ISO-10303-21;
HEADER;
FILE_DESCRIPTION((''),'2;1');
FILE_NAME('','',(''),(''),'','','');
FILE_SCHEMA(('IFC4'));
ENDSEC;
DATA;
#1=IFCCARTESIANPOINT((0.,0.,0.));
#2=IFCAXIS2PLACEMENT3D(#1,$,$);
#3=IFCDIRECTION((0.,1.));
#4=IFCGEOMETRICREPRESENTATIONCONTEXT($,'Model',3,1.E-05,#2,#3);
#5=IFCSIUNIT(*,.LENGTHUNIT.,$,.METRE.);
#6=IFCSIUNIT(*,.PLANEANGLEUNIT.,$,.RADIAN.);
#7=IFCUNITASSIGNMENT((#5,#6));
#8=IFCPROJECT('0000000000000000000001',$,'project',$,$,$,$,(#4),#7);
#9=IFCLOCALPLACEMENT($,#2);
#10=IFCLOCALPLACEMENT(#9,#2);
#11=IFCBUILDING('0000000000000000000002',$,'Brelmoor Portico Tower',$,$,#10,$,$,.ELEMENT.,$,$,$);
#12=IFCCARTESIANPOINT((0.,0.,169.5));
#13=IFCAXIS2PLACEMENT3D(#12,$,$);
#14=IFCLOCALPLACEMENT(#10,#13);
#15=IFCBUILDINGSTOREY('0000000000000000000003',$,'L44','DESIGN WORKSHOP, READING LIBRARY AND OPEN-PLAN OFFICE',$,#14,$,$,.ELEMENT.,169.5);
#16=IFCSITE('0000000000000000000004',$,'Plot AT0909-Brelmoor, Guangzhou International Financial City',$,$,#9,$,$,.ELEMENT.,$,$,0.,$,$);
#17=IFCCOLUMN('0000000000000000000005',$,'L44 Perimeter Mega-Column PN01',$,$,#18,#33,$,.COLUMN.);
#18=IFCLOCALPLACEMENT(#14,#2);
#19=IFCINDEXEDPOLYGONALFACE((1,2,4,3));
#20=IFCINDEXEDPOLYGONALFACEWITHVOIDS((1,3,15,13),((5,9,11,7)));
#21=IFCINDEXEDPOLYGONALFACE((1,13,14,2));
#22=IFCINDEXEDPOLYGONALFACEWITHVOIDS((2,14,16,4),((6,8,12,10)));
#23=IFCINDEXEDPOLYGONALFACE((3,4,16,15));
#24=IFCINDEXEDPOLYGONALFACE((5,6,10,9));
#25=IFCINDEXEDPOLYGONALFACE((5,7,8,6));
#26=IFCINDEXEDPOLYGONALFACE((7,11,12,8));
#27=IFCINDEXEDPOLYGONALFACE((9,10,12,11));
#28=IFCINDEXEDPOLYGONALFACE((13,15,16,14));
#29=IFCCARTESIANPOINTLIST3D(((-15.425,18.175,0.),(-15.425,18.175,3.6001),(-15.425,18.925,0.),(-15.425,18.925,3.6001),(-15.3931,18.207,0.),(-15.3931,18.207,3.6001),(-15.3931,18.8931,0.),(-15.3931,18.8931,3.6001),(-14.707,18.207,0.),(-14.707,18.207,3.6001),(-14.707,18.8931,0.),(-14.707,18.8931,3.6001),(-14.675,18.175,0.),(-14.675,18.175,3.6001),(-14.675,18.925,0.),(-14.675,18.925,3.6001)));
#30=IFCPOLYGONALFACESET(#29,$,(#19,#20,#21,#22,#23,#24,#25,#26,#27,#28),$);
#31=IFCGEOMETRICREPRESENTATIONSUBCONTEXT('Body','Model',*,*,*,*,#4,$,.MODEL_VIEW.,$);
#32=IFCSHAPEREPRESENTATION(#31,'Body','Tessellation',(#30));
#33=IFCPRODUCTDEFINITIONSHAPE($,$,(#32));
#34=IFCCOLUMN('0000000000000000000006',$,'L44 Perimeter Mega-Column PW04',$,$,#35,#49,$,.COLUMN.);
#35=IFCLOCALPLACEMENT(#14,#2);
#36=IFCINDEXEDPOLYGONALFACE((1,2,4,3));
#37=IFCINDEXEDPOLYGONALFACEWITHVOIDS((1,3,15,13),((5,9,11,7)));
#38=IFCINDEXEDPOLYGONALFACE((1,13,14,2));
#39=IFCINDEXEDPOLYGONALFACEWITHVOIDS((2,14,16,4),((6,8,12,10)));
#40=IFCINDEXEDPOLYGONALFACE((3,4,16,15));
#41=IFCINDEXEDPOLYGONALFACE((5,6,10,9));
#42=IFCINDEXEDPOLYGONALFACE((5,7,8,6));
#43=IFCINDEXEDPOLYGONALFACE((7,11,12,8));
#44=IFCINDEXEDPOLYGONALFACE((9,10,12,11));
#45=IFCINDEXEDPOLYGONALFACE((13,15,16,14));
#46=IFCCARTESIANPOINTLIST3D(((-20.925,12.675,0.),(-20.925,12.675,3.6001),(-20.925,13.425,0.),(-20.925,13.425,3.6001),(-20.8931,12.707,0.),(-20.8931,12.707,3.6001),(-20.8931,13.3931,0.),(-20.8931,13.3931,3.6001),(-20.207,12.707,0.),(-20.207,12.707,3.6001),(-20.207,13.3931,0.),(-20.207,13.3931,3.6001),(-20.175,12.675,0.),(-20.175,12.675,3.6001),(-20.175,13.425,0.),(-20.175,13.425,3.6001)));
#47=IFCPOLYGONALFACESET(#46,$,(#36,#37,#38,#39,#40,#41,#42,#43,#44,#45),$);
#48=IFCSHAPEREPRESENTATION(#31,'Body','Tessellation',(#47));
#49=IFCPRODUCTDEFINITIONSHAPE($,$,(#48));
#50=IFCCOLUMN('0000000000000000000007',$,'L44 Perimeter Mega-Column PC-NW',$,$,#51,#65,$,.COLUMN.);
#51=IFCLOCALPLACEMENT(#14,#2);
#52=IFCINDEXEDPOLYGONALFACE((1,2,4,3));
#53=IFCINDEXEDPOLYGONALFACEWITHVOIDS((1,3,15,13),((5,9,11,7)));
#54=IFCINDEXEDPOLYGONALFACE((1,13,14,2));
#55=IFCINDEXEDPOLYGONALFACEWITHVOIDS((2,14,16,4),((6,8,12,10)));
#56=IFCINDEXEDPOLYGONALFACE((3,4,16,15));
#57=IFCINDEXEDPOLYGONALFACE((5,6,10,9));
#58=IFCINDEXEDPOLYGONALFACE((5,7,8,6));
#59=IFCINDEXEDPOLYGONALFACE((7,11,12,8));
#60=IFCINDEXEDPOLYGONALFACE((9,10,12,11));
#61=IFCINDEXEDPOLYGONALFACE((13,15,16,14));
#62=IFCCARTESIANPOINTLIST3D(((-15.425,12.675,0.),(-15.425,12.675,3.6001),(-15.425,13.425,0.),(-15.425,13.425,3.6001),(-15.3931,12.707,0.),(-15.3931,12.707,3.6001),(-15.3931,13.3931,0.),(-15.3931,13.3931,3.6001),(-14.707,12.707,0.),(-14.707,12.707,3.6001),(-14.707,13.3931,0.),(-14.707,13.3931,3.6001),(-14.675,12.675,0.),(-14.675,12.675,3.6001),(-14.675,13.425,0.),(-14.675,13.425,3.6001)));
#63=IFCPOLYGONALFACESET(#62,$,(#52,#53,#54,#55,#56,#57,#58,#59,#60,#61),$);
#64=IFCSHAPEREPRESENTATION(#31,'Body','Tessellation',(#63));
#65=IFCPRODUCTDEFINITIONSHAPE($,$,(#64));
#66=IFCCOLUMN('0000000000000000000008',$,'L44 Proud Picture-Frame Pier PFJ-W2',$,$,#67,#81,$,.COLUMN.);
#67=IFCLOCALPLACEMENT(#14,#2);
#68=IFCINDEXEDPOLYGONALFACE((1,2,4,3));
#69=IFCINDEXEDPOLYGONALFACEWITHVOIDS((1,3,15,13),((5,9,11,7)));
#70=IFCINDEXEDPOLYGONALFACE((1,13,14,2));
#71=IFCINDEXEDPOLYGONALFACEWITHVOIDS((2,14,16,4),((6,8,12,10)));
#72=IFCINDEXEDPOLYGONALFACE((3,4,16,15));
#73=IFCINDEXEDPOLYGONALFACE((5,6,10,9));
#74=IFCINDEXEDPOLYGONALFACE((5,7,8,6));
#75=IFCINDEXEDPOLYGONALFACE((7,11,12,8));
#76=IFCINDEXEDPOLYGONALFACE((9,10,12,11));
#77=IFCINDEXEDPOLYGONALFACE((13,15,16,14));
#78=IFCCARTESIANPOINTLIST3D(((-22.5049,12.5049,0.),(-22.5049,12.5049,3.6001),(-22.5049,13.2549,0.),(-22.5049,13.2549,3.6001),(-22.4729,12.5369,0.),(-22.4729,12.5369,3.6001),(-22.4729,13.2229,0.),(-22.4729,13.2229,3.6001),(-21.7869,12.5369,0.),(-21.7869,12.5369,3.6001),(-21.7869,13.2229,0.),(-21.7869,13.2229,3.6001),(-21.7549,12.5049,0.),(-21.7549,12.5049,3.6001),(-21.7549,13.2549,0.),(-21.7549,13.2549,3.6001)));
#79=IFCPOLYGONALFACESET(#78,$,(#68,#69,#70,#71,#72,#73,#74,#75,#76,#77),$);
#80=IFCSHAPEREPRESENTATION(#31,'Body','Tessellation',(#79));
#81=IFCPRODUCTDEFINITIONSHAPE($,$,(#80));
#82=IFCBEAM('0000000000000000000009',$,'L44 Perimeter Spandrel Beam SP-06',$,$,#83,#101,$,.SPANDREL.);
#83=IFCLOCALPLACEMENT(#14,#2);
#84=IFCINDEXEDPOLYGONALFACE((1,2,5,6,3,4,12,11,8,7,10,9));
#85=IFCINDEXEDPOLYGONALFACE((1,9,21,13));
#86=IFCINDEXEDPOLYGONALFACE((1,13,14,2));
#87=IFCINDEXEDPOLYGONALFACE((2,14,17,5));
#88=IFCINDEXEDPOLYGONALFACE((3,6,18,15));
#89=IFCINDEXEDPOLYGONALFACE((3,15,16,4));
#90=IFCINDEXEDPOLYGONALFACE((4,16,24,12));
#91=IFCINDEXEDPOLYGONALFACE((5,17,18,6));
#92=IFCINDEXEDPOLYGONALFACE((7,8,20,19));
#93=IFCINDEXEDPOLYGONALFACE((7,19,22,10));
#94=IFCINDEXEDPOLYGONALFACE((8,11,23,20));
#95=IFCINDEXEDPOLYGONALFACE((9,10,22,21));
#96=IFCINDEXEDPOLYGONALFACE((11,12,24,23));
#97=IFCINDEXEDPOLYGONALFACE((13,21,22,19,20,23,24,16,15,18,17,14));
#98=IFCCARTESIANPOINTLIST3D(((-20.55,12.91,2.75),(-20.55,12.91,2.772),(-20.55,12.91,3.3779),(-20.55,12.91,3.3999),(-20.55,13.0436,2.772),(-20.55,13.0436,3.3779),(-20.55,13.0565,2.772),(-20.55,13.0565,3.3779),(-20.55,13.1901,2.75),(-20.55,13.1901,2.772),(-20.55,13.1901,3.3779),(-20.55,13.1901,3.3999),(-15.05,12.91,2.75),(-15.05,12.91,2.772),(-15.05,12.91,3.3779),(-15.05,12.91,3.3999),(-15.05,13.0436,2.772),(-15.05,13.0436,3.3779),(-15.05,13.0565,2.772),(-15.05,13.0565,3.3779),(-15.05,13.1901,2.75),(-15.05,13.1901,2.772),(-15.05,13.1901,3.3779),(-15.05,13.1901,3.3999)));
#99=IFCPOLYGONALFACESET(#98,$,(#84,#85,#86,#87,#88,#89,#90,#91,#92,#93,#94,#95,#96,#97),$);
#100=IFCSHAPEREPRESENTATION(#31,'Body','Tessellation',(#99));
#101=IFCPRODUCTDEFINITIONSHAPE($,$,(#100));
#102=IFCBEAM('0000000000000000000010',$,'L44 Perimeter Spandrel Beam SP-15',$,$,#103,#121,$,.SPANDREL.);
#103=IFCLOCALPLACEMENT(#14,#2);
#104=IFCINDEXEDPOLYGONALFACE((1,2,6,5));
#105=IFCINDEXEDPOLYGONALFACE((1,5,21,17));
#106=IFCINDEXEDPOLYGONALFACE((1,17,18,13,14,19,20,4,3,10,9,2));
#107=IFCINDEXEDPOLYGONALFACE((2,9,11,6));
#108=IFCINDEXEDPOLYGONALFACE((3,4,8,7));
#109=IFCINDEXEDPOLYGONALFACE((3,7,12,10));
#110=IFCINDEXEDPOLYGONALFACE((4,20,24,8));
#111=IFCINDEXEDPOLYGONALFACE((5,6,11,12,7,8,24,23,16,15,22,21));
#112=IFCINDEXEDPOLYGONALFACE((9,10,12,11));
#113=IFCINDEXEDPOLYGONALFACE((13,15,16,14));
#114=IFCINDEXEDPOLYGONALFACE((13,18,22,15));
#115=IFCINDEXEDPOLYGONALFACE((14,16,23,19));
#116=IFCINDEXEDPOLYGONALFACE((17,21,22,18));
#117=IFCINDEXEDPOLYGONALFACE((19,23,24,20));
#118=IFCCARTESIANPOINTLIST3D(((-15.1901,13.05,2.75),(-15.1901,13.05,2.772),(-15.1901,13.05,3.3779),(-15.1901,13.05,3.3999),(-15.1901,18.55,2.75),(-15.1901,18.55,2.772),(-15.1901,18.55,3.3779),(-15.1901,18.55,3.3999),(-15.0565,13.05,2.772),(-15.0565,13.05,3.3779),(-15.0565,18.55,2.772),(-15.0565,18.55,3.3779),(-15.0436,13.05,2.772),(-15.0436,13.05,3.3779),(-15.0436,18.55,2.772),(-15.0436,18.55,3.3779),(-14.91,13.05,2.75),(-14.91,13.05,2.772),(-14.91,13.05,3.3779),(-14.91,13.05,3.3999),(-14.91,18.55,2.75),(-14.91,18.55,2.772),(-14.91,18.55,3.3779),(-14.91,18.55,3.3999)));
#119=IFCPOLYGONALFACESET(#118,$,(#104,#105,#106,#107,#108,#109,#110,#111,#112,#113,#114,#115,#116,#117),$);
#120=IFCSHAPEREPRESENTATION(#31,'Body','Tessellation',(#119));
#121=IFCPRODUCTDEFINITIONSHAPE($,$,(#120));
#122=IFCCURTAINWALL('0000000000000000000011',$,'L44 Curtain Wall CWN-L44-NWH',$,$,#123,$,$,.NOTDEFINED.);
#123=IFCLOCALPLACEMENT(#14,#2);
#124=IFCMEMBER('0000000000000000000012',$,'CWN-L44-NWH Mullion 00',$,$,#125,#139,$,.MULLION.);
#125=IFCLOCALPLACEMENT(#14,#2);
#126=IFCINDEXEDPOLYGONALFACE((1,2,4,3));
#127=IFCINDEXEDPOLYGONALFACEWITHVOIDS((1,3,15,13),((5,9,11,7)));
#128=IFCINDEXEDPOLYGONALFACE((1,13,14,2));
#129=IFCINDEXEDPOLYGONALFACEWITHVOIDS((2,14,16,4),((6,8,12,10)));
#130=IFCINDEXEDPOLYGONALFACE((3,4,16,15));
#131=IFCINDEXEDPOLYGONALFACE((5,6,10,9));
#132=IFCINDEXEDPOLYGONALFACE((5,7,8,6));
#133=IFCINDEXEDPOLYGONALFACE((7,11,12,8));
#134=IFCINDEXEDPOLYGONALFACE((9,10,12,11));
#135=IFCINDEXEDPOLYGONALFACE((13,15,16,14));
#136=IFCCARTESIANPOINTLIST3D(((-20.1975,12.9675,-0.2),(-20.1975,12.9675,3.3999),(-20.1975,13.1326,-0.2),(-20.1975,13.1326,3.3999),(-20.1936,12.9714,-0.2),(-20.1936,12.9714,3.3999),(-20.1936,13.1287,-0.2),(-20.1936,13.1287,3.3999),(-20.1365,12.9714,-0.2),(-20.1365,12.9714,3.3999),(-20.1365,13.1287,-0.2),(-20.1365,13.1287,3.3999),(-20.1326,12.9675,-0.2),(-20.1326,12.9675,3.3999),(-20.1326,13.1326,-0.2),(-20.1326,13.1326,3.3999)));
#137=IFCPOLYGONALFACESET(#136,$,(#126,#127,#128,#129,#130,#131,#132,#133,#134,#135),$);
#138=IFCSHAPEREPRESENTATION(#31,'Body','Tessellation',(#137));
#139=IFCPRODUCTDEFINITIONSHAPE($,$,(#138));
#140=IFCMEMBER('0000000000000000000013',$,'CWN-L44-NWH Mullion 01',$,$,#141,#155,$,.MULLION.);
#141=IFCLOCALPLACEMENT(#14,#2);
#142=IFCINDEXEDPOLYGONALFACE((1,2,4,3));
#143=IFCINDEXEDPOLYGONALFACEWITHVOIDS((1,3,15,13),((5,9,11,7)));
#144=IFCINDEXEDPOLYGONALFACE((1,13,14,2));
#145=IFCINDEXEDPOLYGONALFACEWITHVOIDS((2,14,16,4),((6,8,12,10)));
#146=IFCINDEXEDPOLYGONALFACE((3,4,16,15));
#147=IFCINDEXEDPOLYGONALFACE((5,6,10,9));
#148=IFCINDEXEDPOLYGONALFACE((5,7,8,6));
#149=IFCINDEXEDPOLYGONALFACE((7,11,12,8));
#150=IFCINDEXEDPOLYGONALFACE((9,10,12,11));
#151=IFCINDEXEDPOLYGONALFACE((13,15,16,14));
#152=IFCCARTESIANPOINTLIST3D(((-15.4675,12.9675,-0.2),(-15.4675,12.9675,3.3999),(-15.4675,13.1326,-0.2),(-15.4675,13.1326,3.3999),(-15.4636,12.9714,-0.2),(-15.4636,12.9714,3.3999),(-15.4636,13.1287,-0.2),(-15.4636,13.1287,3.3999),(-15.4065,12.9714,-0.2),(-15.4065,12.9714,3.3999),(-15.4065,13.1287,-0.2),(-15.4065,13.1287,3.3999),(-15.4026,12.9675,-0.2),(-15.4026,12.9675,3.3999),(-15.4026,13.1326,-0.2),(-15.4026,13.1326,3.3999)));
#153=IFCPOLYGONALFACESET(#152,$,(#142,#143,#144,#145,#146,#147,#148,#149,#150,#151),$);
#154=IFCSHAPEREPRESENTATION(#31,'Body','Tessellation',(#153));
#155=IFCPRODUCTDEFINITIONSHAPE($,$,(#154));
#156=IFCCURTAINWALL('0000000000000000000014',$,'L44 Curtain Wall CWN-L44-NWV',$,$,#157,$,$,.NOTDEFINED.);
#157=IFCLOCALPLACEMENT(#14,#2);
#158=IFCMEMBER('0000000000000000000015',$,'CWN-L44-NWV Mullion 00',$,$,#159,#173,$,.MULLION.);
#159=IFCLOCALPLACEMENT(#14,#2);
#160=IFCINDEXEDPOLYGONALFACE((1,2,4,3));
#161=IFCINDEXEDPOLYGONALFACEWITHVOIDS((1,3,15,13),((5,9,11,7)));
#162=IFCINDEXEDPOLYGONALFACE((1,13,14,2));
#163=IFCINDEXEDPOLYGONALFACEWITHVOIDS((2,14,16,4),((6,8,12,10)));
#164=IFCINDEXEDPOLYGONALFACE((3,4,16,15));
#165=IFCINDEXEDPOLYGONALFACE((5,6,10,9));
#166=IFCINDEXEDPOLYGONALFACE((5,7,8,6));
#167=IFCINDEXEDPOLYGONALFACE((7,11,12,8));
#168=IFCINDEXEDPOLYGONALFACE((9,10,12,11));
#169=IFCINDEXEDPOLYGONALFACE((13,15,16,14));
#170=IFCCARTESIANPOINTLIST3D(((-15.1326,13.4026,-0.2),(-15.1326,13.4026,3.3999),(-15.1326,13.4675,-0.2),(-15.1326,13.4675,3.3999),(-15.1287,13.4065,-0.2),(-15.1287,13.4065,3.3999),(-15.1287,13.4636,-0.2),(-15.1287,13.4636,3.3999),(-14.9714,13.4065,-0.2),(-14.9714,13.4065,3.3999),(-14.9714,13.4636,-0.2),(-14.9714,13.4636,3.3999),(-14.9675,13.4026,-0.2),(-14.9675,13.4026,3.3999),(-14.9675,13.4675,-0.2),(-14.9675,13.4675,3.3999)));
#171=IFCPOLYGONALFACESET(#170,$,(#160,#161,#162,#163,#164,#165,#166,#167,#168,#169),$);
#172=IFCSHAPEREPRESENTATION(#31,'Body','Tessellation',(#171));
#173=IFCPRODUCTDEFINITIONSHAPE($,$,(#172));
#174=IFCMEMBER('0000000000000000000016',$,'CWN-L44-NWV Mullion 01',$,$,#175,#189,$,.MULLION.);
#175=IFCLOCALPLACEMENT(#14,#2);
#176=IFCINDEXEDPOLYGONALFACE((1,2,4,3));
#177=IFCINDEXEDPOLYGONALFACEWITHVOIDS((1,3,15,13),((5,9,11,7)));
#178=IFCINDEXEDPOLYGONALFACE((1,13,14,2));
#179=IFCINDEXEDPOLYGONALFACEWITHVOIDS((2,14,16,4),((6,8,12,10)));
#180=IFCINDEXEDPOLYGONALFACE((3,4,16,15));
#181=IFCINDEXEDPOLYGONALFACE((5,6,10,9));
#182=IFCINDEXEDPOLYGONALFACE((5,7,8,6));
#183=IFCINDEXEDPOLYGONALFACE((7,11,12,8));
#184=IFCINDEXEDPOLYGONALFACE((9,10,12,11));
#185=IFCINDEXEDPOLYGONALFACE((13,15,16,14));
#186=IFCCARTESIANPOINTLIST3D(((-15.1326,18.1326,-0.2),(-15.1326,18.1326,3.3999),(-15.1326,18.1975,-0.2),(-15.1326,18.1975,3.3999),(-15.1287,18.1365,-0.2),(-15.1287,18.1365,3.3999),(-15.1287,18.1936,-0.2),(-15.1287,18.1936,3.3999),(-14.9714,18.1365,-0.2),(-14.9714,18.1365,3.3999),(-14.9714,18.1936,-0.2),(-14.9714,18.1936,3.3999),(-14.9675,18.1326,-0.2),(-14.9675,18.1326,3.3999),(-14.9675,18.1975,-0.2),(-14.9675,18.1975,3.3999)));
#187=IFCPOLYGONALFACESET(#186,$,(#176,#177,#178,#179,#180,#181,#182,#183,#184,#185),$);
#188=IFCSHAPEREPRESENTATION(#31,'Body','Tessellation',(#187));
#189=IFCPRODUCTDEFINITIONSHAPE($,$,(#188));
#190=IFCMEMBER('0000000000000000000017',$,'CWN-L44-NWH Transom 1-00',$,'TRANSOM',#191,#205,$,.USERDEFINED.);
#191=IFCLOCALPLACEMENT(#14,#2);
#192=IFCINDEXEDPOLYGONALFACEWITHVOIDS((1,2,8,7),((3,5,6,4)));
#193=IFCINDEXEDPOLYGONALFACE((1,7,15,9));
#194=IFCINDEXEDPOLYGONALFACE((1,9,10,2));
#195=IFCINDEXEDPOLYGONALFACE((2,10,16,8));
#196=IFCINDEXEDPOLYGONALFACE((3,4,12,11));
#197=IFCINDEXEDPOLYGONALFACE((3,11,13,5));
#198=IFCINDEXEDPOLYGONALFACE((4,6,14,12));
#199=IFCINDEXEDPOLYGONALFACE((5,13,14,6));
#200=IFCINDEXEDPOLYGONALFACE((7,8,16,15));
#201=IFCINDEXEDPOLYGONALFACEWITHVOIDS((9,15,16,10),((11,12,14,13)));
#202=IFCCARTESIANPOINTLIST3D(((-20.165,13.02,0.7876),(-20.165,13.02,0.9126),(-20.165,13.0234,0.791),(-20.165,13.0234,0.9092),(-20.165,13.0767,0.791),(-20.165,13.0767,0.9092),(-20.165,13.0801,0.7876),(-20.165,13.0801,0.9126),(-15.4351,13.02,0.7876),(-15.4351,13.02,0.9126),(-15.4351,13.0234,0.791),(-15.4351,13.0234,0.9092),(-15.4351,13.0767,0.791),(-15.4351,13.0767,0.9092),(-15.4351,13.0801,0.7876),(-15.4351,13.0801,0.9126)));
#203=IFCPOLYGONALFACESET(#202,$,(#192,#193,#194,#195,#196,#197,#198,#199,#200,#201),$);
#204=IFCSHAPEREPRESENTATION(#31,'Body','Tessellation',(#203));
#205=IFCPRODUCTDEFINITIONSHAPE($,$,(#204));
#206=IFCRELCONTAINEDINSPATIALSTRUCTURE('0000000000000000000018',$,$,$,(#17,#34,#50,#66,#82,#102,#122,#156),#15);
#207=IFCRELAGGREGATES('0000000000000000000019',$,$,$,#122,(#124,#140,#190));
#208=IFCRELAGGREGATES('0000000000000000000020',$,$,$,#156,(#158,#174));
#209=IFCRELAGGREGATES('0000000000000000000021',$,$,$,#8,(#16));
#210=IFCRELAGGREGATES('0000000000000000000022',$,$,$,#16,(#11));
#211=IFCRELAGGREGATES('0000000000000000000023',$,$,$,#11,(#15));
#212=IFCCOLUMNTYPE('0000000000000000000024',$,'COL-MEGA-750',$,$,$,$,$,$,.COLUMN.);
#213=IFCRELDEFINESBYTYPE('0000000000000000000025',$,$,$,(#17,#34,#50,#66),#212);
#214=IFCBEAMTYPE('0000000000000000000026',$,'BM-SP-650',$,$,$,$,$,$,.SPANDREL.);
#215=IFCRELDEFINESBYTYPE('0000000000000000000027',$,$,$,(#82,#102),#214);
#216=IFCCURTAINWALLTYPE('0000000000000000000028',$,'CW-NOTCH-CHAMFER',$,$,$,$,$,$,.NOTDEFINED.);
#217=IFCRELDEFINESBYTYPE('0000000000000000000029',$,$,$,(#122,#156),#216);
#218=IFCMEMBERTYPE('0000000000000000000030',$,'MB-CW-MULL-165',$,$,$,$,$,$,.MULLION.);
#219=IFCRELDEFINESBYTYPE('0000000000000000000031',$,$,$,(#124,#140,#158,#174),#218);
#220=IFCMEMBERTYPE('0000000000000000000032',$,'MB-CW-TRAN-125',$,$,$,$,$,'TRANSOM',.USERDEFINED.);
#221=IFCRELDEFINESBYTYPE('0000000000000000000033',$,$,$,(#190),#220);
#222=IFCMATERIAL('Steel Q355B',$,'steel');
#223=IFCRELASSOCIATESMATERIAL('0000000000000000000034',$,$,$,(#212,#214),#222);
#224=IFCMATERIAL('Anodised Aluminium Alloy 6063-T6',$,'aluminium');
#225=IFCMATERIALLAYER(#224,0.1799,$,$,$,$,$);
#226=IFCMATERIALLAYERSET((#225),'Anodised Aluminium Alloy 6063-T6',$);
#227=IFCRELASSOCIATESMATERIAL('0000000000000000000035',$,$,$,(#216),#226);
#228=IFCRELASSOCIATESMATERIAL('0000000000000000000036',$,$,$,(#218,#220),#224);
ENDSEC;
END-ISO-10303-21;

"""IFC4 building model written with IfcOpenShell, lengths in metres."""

from ifc_helpers import new_model, si_unit, direction, frame, origin, origin_2d, place, context, subcontext, project, spatial, hollow_rectangle, i_section, extrude, material, layer, layer_set, material_profile, profile_set, type_object, element, aggregate, save


model = new_model("IFC4")

# Units and contexts
model_context = context("Model", 3, precision=1e-05, world=origin(), true_north=direction((0.0, 1.0)))
body_context = subcontext(model_context, "Body", "Model", "MODEL_VIEW")
ifc_project = project(units=[si_unit("LENGTHUNIT", "METRE"), si_unit("PLANEANGLEUNIT", "RADIAN")], contexts=[model_context])

# Site, building, storey
site_placement = place(None, origin())
site = spatial("IfcSite", under=ifc_project, at=site_placement, Name="Plot AT0909-Brelmoor, Guangzhou International Financial City", CompositionType="ELEMENT", RefElevation=0.0)
building_placement = place(site_placement, origin())
building = spatial("IfcBuilding", under=site, at=building_placement, Name="Brelmoor Portico Tower", CompositionType="ELEMENT")
storey_placement = place(building_placement, frame((0.0, 0.0, 169.5)))
storey = spatial("IfcBuildingStorey", under=building, at=storey_placement, Name="L44", Description="DESIGN WORKSHOP, READING LIBRARY AND OPEN-PLAN OFFICE", CompositionType="ELEMENT", Elevation=169.5)

# Columns
ifc_material_1 = material(Name="Steel Q355B", Category="steel")
ifc_material_profile_1 = material_profile(ifc_material_1, hollow_rectangle(XDim=0.75, YDim=0.75, WallThickness=0.032, at=origin_2d()), Name="BOX 750x750x32")
ifc_profile_set_1 = profile_set([ifc_material_profile_1], Name="Steel Q355B")
column_type = type_object("IfcColumnType", Name="COL-MEGA-750", PredefinedType="COLUMN", material=ifc_profile_set_1)
for number, where, z_axis, x_axis, name in (
    (1, (-15.05, 18.55, 0.0), (0.0, 0.0, 1.0), (1.0, 0.0, 0.0), "L44 Perimeter Mega-Column PN01"),
    (2, (-20.55, 13.05, 0.0), (0.0, 0.0, 1.0), (0.0, 1.0, 0.0), "L44 Perimeter Mega-Column PW04"),
    (3, (-15.05, 13.05, 0.0), (0.0, 0.0, 1.0), (1.0, 0.0, 0.0), "L44 Perimeter Mega-Column PC-NW"),
    (4, (-22.1299, 12.8799, 0.0), (0.0, 0.0, 1.0), (0.0, 1.0, 0.0), "L44 Proud Picture-Frame Pier PFJ-W2"),
):
    element("IfcColumn", number, at=place(storey_placement, frame(where, z_axis=z_axis, x_axis=x_axis)), inside=storey, type_object=column_type, Name=name, PredefinedType="COLUMN", context=body_context, shape_type="SweptSolid", body=[
        extrude(hollow_rectangle(XDim=0.75, YDim=0.75, WallThickness=0.032, at=origin_2d()), origin(), (0.0, 0.0, 1.0), 3.6001),
    ])

# Beams
ifc_material_profile_2 = material_profile(ifc_material_1, i_section(OverallWidth=0.28, OverallDepth=0.6499, WebThickness=0.0129, FlangeThickness=0.022, at=origin_2d()), Name="HN 650x280x13x22")
ifc_profile_set_2 = profile_set([ifc_material_profile_2], Name="Steel Q355B")
beam_type = type_object("IfcBeamType", Name="BM-SP-650", PredefinedType="SPANDREL", material=ifc_profile_set_2)
for number, where, z_axis, x_axis, name in (
    (5, (-20.55, 13.05, 3.075), (1.0, 0.0, 0.0), (0.0, 1.0, 0.0), "L44 Perimeter Spandrel Beam SP-06"),
    (6, (-15.05, 13.05, 3.075), (0.0, 1.0, 0.0), (-1.0, 0.0, 0.0), "L44 Perimeter Spandrel Beam SP-15"),
):
    element("IfcBeam", number, at=place(storey_placement, frame(where, z_axis=z_axis, x_axis=x_axis)), inside=storey, type_object=beam_type, Name=name, PredefinedType="SPANDREL", context=body_context, shape_type="SweptSolid", body=[
        extrude(i_section(OverallWidth=0.28, OverallDepth=0.6499, WebThickness=0.0129, FlangeThickness=0.022, at=origin_2d()), origin(), (0.0, 0.0, 1.0), 5.5),
    ])

# Curtain walls, members
ifc_material_2 = material(Name="Anodised Aluminium Alloy 6063-T6", Category="aluminium")
ifc_layer_1 = layer(ifc_material_2, 0.1799)
ifc_layer_set_1 = layer_set([ifc_layer_1], Name="Anodised Aluminium Alloy 6063-T6")
curtain_wall_type = type_object("IfcCurtainWallType", Name="CW-NOTCH-CHAMFER", PredefinedType="NOTDEFINED", material=ifc_layer_set_1)
curtain_wall_1_placement = place(storey_placement, origin())
curtain_wall_1 = element("IfcCurtainWall", 7, at=curtain_wall_1_placement, inside=storey, type_object=curtain_wall_type, Name="L44 Curtain Wall CWN-L44-NWH", PredefinedType="NOTDEFINED")
ifc_material_profile_3 = material_profile(ifc_material_2, hollow_rectangle(XDim=0.0649, YDim=0.165, WallThickness=0.0039, at=origin_2d()), Name="ALU MULLION 65x165")
ifc_profile_set_3 = profile_set([ifc_material_profile_3], Name="Anodised Aluminium Alloy 6063-T6")
member_type_1 = type_object("IfcMemberType", Name="MB-CW-MULL-165", PredefinedType="MULLION", material=ifc_profile_set_3)
member_1_placement = place(storey_placement, frame((-20.165, 13.05, -0.2), z_axis=(0.0, 0.0, 1.0), x_axis=(1.0, 0.0, 0.0)))
member_1 = element("IfcMember", 8, at=member_1_placement, type_object=member_type_1, Name="CWN-L44-NWH Mullion 00", PredefinedType="MULLION", context=body_context, shape_type="SweptSolid", body=[
    extrude(hollow_rectangle(XDim=0.0649, YDim=0.165, WallThickness=0.0039, at=origin_2d()), origin(), (0.0, 0.0, 1.0), 3.5999),
])
member_2_placement = place(storey_placement, frame((-15.4351, 13.05, -0.2), z_axis=(0.0, 0.0, 1.0), x_axis=(1.0, 0.0, 0.0)))
member_2 = element("IfcMember", 9, at=member_2_placement, type_object=member_type_1, Name="CWN-L44-NWH Mullion 01", PredefinedType="MULLION", context=body_context, shape_type="SweptSolid", body=[
    extrude(hollow_rectangle(XDim=0.0649, YDim=0.165, WallThickness=0.0039, at=origin_2d()), origin(), (0.0, 0.0, 1.0), 3.5999),
])
curtain_wall_2_placement = place(storey_placement, origin())
curtain_wall_2 = element("IfcCurtainWall", 10, at=curtain_wall_2_placement, inside=storey, type_object=curtain_wall_type, Name="L44 Curtain Wall CWN-L44-NWV", PredefinedType="NOTDEFINED")
member_3_placement = place(storey_placement, frame((-15.05, 13.4351, -0.2), z_axis=(0.0, 0.0, 1.0), x_axis=(0.0, 1.0, 0.0)))
member_3 = element("IfcMember", 11, at=member_3_placement, type_object=member_type_1, Name="CWN-L44-NWV Mullion 00", PredefinedType="MULLION", context=body_context, shape_type="SweptSolid", body=[
    extrude(hollow_rectangle(XDim=0.0649, YDim=0.165, WallThickness=0.0039, at=origin_2d()), origin(), (0.0, 0.0, 1.0), 3.5999),
])
member_4_placement = place(storey_placement, frame((-15.05, 18.165, -0.2), z_axis=(0.0, 0.0, 1.0), x_axis=(0.0, 1.0, 0.0)))
member_4 = element("IfcMember", 12, at=member_4_placement, type_object=member_type_1, Name="CWN-L44-NWV Mullion 01", PredefinedType="MULLION", context=body_context, shape_type="SweptSolid", body=[
    extrude(hollow_rectangle(XDim=0.0649, YDim=0.165, WallThickness=0.0039, at=origin_2d()), origin(), (0.0, 0.0, 1.0), 3.5999),
])

# Member
ifc_material_profile_4 = material_profile(ifc_material_2, hollow_rectangle(XDim=0.0601, YDim=0.125, WallThickness=0.0034, at=origin_2d()), Name="ALU TRANSOM 60x125")
ifc_profile_set_4 = profile_set([ifc_material_profile_4], Name="Anodised Aluminium Alloy 6063-T6")
member_type_2 = type_object("IfcMemberType", Name="MB-CW-TRAN-125", ElementType="TRANSOM", PredefinedType="USERDEFINED", material=ifc_profile_set_4)
member_5_placement = place(storey_placement, frame((-20.165, 13.05, 0.8501), z_axis=(1.0, 0.0, 0.0), x_axis=(0.0, 1.0, 0.0)))
member_5 = element("IfcMember", 13, at=member_5_placement, type_object=member_type_2, Name="CWN-L44-NWH Transom 1-00", ObjectType="TRANSOM", PredefinedType="USERDEFINED", context=body_context, shape_type="SweptSolid", body=[
    extrude(hollow_rectangle(XDim=0.0601, YDim=0.125, WallThickness=0.0034, at=origin_2d()), origin(), (0.0, 0.0, 1.0), 4.73),
])

aggregate(curtain_wall_1, [member_1, member_2, member_5])
aggregate(curtain_wall_2, [member_3, member_4])

save(model, "model.ifc")
